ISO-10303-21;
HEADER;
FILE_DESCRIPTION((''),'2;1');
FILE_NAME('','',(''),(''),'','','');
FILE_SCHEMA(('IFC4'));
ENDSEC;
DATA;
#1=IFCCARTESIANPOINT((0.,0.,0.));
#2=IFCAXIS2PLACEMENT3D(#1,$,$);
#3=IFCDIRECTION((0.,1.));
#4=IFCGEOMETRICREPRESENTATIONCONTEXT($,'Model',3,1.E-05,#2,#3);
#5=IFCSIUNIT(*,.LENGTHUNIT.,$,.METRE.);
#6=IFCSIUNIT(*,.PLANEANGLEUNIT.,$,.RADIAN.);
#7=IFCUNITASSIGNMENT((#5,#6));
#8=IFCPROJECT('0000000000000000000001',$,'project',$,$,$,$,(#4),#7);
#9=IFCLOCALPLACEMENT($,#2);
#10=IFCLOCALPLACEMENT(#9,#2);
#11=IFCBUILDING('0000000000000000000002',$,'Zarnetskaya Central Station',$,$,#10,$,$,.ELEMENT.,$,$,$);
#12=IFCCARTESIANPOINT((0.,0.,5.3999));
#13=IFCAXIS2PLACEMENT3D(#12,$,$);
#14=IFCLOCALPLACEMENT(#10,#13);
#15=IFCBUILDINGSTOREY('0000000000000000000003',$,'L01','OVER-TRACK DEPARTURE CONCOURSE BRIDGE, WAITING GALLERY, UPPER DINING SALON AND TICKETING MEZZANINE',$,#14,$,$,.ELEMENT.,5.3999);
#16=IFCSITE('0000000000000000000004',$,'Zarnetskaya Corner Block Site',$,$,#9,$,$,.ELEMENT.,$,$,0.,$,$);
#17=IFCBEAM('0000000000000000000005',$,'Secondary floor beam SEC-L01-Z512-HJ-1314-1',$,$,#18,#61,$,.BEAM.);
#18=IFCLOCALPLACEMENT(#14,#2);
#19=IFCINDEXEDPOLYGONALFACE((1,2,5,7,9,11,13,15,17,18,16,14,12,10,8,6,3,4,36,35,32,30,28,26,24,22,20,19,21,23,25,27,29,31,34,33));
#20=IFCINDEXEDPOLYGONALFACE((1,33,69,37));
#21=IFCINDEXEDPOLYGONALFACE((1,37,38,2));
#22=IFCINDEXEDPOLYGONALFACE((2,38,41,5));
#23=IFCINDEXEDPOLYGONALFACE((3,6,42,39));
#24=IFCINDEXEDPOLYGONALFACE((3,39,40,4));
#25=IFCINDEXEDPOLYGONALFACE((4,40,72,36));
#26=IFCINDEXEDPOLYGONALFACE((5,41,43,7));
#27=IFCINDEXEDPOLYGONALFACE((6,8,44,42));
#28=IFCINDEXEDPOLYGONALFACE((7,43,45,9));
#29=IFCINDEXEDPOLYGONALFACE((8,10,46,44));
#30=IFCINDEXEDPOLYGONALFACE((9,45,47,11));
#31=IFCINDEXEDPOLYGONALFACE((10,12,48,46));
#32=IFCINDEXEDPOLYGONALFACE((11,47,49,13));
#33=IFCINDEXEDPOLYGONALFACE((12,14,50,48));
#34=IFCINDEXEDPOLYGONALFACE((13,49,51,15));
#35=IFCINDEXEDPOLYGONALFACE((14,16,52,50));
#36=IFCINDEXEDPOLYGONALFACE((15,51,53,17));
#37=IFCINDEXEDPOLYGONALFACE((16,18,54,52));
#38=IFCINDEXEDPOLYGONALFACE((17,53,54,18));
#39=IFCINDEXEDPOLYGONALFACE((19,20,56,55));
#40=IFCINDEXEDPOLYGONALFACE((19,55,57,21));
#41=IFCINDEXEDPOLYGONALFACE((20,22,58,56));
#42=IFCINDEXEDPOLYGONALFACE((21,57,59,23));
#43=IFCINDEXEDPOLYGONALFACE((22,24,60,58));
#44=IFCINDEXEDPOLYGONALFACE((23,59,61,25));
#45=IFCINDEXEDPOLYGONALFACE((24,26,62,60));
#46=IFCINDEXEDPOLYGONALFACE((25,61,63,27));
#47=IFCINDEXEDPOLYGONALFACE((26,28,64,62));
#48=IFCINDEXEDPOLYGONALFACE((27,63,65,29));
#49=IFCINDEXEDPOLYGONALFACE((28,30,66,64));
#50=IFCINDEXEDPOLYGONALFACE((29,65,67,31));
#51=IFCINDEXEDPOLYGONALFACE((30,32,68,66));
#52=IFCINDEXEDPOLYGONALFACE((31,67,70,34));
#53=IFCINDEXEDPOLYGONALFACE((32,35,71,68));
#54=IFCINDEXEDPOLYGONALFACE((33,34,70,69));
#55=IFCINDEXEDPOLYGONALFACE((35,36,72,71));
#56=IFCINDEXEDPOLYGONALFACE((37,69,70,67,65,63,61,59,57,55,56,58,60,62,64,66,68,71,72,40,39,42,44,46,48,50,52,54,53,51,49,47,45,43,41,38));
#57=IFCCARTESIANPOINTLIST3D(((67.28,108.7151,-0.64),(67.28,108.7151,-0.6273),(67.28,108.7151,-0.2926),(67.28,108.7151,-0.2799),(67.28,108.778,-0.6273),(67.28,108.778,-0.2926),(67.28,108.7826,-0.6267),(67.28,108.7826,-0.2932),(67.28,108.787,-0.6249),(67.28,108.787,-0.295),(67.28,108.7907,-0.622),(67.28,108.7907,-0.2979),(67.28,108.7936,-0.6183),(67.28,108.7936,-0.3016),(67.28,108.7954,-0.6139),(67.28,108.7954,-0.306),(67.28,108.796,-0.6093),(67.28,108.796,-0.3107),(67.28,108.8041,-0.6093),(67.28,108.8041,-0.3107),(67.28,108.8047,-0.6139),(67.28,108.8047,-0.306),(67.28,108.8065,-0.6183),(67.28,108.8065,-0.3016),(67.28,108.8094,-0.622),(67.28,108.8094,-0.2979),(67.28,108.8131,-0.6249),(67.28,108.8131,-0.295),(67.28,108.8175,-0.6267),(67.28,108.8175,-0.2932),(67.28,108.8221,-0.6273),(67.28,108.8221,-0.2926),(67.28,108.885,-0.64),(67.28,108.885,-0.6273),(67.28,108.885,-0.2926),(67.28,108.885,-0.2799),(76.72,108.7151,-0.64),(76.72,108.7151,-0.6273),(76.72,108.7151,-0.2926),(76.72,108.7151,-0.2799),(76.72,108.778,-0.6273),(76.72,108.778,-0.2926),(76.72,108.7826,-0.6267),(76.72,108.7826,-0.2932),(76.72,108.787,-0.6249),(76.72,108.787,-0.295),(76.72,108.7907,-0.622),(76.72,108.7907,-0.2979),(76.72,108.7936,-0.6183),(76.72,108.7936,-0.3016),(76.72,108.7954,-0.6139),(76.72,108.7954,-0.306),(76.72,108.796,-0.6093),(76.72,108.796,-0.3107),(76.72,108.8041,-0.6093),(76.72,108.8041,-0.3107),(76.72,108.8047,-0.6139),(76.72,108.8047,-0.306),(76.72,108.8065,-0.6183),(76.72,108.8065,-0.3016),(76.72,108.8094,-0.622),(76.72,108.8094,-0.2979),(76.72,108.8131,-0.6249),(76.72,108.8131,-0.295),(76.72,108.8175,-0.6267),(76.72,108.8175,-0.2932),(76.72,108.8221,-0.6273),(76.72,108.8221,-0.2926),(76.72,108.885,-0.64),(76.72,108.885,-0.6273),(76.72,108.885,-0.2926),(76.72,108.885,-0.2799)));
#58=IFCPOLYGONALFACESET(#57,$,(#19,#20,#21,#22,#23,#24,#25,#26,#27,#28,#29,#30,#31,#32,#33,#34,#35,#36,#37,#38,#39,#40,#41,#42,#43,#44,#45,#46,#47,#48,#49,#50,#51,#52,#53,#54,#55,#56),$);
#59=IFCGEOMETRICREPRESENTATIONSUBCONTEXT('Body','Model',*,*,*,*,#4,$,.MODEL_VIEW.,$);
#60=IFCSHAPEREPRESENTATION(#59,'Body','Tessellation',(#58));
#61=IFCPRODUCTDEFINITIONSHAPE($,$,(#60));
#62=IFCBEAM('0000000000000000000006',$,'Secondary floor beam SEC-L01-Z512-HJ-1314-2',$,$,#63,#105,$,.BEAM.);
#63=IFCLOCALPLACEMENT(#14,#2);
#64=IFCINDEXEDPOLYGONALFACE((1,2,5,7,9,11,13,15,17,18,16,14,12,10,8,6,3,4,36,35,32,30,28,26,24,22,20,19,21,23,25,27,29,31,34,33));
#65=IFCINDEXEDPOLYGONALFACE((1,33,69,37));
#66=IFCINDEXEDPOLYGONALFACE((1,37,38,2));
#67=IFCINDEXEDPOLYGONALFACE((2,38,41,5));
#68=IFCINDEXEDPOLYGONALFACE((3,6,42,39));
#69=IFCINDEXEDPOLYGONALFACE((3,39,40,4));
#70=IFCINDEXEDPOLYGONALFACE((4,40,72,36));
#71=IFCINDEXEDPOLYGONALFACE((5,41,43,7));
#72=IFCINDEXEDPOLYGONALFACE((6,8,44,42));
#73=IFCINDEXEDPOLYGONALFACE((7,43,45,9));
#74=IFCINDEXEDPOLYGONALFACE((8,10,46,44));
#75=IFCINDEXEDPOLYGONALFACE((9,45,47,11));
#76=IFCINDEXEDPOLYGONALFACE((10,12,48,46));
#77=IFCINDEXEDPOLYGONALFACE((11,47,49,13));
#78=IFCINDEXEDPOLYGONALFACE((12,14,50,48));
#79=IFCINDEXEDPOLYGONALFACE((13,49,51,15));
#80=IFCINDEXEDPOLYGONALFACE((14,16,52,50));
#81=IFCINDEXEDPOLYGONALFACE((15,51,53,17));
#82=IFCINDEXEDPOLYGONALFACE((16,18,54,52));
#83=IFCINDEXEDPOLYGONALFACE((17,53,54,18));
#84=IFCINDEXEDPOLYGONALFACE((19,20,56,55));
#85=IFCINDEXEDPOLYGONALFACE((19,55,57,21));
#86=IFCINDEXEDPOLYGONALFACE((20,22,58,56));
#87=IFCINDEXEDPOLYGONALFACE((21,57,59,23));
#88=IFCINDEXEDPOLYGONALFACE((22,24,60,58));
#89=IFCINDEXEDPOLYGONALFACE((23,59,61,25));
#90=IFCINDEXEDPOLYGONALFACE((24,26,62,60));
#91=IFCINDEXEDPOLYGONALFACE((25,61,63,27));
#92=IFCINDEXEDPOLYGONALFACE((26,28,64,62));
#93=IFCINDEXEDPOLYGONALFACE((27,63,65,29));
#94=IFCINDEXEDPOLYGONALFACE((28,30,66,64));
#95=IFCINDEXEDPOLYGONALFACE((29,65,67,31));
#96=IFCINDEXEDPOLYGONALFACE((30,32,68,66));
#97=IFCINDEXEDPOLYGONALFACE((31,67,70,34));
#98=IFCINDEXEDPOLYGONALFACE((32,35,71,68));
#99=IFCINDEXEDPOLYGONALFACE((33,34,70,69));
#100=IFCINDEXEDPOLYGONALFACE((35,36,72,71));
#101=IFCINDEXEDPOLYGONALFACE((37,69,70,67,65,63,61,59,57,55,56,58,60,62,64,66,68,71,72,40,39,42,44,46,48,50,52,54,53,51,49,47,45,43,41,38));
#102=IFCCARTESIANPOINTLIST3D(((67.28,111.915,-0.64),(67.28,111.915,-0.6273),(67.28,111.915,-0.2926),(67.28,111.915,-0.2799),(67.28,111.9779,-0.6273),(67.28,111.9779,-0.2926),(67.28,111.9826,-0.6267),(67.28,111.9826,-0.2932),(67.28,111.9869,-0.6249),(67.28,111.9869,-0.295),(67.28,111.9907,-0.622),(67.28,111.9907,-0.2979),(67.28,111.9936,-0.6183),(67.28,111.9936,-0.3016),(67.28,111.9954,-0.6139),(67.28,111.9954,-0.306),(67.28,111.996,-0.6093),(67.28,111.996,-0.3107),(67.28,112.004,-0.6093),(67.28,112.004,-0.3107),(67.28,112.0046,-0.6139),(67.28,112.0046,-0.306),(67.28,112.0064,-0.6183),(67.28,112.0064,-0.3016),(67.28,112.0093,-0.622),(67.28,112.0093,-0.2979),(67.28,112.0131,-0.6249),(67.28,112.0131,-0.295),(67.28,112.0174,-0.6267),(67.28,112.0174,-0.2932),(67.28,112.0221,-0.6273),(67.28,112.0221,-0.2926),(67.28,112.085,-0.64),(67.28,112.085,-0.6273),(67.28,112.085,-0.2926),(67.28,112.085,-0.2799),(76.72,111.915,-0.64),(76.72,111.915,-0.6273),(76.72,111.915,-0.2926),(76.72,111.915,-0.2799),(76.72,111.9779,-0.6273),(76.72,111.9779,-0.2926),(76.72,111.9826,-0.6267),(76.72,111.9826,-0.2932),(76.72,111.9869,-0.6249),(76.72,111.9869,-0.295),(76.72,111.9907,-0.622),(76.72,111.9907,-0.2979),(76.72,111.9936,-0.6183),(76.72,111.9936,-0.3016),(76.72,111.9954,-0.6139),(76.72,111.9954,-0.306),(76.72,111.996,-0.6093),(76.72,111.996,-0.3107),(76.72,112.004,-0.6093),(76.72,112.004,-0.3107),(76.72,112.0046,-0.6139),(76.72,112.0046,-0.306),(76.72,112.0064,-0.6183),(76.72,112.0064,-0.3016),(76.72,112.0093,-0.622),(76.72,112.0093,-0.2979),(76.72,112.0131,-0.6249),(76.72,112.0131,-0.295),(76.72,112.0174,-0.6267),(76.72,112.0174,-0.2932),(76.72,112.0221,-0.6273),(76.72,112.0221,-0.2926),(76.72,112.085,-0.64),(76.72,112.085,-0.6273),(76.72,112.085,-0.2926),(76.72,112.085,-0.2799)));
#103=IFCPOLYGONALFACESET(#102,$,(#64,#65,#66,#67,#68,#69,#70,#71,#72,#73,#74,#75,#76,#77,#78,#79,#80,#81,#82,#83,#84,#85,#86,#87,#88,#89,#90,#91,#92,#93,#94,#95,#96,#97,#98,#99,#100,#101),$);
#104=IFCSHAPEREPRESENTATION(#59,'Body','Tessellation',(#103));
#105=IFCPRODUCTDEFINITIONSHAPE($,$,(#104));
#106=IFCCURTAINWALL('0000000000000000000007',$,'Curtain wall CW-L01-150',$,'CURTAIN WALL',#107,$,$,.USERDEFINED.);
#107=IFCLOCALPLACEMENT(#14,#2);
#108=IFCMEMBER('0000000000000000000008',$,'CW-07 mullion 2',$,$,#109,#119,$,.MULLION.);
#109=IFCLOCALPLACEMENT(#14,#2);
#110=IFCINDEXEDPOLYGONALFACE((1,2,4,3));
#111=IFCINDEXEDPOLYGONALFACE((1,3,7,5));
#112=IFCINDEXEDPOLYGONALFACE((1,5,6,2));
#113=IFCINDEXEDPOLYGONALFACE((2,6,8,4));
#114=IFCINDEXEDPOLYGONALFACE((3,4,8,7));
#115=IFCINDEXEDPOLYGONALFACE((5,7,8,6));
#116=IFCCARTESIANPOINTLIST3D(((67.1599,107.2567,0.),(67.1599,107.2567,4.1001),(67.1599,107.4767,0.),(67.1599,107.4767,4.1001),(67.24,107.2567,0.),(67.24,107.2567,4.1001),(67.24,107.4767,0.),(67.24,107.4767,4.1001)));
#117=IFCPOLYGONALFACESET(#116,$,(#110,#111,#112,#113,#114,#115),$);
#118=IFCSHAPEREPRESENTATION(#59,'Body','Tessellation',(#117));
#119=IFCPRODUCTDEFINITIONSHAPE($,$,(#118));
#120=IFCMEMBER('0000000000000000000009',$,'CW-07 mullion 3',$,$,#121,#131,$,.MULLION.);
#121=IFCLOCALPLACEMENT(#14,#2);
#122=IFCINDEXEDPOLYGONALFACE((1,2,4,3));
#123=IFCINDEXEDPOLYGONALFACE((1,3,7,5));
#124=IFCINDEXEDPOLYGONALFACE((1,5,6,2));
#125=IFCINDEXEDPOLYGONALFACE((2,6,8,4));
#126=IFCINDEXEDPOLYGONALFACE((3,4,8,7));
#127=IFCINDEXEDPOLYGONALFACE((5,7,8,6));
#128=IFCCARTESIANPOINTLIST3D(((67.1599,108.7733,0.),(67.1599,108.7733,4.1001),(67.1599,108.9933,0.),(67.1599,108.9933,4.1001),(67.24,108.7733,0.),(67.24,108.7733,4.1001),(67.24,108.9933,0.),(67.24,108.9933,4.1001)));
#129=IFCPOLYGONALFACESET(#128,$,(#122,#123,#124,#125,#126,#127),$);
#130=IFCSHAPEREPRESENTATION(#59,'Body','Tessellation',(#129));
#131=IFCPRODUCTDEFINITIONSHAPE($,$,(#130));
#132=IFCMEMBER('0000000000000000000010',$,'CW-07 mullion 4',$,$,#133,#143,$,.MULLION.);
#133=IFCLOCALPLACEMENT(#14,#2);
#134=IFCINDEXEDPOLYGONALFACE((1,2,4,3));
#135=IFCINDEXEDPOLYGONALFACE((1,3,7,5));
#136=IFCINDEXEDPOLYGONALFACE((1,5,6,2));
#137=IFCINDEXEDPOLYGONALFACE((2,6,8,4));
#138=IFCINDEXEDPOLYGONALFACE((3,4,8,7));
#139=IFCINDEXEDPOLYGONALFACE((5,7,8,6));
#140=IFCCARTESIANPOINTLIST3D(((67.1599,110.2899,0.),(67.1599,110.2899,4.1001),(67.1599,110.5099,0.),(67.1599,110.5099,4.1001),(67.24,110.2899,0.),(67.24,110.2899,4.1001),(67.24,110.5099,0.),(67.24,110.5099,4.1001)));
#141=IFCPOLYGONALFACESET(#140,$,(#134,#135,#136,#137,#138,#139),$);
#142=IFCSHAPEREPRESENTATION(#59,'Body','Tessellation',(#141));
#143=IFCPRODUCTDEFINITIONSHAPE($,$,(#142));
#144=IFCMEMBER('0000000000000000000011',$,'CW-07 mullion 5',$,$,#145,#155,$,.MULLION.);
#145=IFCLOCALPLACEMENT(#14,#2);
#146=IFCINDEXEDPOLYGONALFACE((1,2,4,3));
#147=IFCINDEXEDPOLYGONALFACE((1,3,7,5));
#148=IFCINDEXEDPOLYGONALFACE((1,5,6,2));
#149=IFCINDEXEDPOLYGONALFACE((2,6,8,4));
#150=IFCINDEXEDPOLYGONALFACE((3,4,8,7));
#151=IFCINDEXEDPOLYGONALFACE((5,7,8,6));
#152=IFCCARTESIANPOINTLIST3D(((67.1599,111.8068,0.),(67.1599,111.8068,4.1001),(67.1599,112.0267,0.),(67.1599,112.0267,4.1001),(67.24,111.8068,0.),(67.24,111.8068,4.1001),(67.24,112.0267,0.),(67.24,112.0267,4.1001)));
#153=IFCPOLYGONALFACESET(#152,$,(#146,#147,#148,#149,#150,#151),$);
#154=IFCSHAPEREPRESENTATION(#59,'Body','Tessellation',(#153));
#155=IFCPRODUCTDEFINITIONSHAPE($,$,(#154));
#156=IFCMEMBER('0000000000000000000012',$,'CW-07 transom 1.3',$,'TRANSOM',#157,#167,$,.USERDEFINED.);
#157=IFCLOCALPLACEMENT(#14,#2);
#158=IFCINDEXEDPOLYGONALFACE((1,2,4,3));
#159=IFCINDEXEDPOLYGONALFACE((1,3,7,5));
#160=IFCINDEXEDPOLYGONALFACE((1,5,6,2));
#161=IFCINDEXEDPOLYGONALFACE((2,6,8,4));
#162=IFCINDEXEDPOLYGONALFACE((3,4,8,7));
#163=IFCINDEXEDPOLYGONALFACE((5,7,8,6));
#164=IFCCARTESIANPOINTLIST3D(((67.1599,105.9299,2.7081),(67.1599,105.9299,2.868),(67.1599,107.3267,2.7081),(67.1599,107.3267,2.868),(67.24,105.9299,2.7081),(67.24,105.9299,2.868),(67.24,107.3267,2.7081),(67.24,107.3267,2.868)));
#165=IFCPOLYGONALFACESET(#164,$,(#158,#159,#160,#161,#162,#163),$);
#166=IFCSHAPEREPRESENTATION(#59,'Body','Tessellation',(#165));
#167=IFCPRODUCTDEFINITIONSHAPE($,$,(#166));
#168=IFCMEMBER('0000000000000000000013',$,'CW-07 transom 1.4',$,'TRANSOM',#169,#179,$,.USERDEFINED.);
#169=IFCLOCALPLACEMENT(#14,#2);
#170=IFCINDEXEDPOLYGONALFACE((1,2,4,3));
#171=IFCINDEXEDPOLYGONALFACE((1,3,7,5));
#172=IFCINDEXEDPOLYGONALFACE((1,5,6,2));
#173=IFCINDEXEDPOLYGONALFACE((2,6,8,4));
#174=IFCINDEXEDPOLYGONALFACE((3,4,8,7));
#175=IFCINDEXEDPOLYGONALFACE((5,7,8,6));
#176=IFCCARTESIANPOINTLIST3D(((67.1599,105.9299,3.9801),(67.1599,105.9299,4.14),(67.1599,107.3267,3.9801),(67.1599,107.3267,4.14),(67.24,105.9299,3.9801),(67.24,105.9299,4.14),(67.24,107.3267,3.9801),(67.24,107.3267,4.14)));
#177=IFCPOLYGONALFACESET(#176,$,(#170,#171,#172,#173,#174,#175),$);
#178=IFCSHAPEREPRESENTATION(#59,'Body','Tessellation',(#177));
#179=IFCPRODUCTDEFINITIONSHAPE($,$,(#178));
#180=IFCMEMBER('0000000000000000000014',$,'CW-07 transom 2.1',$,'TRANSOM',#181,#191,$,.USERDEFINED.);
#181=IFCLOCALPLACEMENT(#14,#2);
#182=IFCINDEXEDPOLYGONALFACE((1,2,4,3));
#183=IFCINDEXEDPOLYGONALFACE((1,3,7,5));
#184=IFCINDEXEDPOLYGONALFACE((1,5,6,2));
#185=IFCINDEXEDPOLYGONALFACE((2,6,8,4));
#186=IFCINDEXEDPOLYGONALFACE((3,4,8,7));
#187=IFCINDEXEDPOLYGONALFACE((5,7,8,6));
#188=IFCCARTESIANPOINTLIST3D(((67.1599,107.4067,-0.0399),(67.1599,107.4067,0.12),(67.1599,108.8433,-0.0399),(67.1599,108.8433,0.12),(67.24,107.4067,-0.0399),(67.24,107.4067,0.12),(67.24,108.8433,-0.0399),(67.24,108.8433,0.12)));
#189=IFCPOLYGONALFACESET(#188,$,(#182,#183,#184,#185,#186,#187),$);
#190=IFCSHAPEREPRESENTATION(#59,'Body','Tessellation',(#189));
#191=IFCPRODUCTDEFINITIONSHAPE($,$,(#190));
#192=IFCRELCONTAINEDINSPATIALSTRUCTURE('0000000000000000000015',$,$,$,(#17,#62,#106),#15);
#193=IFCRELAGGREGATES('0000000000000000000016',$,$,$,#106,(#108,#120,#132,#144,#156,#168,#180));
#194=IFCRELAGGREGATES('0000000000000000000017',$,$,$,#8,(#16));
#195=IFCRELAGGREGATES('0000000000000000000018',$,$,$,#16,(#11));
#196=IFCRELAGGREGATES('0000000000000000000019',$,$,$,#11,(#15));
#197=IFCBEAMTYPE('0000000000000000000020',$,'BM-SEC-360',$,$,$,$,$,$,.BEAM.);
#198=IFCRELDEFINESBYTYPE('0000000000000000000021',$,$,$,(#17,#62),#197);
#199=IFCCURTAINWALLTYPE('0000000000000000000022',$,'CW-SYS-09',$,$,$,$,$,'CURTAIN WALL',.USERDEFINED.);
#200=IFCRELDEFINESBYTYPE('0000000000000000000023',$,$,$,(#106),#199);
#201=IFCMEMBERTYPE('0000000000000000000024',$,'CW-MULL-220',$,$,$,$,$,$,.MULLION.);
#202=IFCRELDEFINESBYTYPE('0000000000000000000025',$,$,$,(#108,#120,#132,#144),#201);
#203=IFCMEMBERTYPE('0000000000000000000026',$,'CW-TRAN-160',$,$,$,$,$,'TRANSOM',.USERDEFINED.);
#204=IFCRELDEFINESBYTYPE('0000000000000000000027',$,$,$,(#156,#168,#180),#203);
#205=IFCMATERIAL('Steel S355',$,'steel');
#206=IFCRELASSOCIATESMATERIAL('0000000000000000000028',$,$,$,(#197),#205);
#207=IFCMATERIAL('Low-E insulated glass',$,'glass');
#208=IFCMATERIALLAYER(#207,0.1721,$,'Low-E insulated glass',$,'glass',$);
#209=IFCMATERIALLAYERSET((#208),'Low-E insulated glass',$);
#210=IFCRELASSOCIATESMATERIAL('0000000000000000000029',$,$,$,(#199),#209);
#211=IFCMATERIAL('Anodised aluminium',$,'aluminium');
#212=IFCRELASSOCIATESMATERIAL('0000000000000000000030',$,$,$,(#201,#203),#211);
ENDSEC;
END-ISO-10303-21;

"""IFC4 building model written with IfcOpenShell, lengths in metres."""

from ifc_helpers import new_model, si_unit, direction, frame, origin, origin_2d, place, context, subcontext, project, spatial, rectangle, i_section, extrude, material, layer, layer_set, material_profile, profile_set, type_object, element, aggregate, save


model = new_model("IFC4")

# Units and contexts
model_context = context("Model", 3, precision=1e-05, world=origin(), true_north=direction((0.0, 1.0)))
body_context = subcontext(model_context, "Body", "Model", "MODEL_VIEW")
ifc_project = project(units=[si_unit("LENGTHUNIT", "METRE"), si_unit("PLANEANGLEUNIT", "RADIAN")], contexts=[model_context])

# Site, building, storey
site_placement = place(None, origin())
site = spatial("IfcSite", under=ifc_project, at=site_placement, Name="Zarnetskaya Corner Block Site", CompositionType="ELEMENT", RefElevation=0.0)
building_placement = place(site_placement, origin())
building = spatial("IfcBuilding", under=site, at=building_placement, Name="Zarnetskaya Central Station", CompositionType="ELEMENT")
storey_placement = place(building_placement, frame((0.0, 0.0, 5.3999)))
storey = spatial("IfcBuildingStorey", under=building, at=storey_placement, Name="L01", Description="OVER-TRACK DEPARTURE CONCOURSE BRIDGE, WAITING GALLERY, UPPER DINING SALON AND TICKETING MEZZANINE", CompositionType="ELEMENT", Elevation=5.3999)

# Beams
ifc_material_1 = material(Name="Steel S355", Category="steel")
ifc_material_profile_1 = material_profile(ifc_material_1, i_section(OverallWidth=0.1699, OverallDepth=0.3601, WebThickness=0.0081, FlangeThickness=0.0127, FilletRadius=0.0181, at=origin_2d()), Name="IPE 360")
ifc_profile_set_1 = profile_set([ifc_material_profile_1], Name="Steel S355")
beam_type = type_object("IfcBeamType", Name="BM-SEC-360", PredefinedType="BEAM", material=ifc_profile_set_1)
for number, where, z_axis, x_axis, name in (
    (1, (67.28, 108.8, -0.46), (1.0, 0.0, 0.0), (0.0, 1.0, 0.0), "Secondary floor beam SEC-L01-Z512-HJ-1314-1"),
    (2, (67.28, 112.0, -0.46), (1.0, 0.0, 0.0), (0.0, 1.0, 0.0), "Secondary floor beam SEC-L01-Z512-HJ-1314-2"),
):
    element("IfcBeam", number, at=place(storey_placement, frame(where, z_axis=z_axis, x_axis=x_axis)), inside=storey, type_object=beam_type, Name=name, PredefinedType="BEAM", context=body_context, shape_type="SweptSolid", body=[
        extrude(i_section(OverallWidth=0.1699, OverallDepth=0.3601, WebThickness=0.0081, FlangeThickness=0.0127, FilletRadius=0.0181, at=origin_2d()), origin(), (0.0, 0.0, 1.0), 9.4399),
    ])

# Curtain wall, members
ifc_material_2 = material(Name="Low-E insulated glass", Category="glass")
ifc_layer_1 = layer(ifc_material_2, 0.1721, Name="Low-E insulated glass", Category="glass")
ifc_layer_set_1 = layer_set([ifc_layer_1], Name="Low-E insulated glass")
curtain_wall_type = type_object("IfcCurtainWallType", Name="CW-SYS-09", ElementType="CURTAIN WALL", PredefinedType="USERDEFINED", material=ifc_layer_set_1)
curtain_wall_placement = place(storey_placement, origin())
curtain_wall = element("IfcCurtainWall", 3, at=curtain_wall_placement, inside=storey, type_object=curtain_wall_type, Name="Curtain wall CW-L01-150", ObjectType="CURTAIN WALL", PredefinedType="USERDEFINED")
ifc_material_3 = material(Name="Anodised aluminium", Category="aluminium")
ifc_material_profile_2 = material_profile(ifc_material_3, rectangle(XDim=0.0801, YDim=0.22, at=origin_2d()), Name="ALU MULL 80x220")
ifc_profile_set_2 = profile_set([ifc_material_profile_2], Name="Anodised aluminium")
member_type_1 = type_object("IfcMemberType", Name="CW-MULL-220", PredefinedType="MULLION", material=ifc_profile_set_2)
member_1_placement = place(storey_placement, frame((67.2, 107.3667, 0.0), z_axis=(0.0, 0.0, 1.0), x_axis=(-1.0, 0.0, 0.0)))
member_1 = element("IfcMember", 4, at=member_1_placement, type_object=member_type_1, Name="CW-07 mullion 2", PredefinedType="MULLION", context=body_context, shape_type="SweptSolid", body=[
    extrude(rectangle(XDim=0.0801, YDim=0.22, at=origin_2d()), origin(), (0.0, 0.0, 1.0), 4.1001),
])
member_2_placement = place(storey_placement, frame((67.2, 108.8833, 0.0), z_axis=(0.0, 0.0, 1.0), x_axis=(-1.0, 0.0, 0.0)))
member_2 = element("IfcMember", 5, at=member_2_placement, type_object=member_type_1, Name="CW-07 mullion 3", PredefinedType="MULLION", context=body_context, shape_type="SweptSolid", body=[
    extrude(rectangle(XDim=0.0801, YDim=0.22, at=origin_2d()), origin(), (0.0, 0.0, 1.0), 4.1001),
])
member_3_placement = place(storey_placement, frame((67.2, 110.3999, 0.0), z_axis=(0.0, 0.0, 1.0), x_axis=(-1.0, 0.0, 0.0)))
member_3 = element("IfcMember", 6, at=member_3_placement, type_object=member_type_1, Name="CW-07 mullion 4", PredefinedType="MULLION", context=body_context, shape_type="SweptSolid", body=[
    extrude(rectangle(XDim=0.0801, YDim=0.22, at=origin_2d()), origin(), (0.0, 0.0, 1.0), 4.1001),
])
member_4_placement = place(storey_placement, frame((67.2, 111.9167, 0.0), z_axis=(0.0, 0.0, 1.0), x_axis=(-1.0, 0.0, 0.0)))
member_4 = element("IfcMember", 7, at=member_4_placement, type_object=member_type_1, Name="CW-07 mullion 5", PredefinedType="MULLION", context=body_context, shape_type="SweptSolid", body=[
    extrude(rectangle(XDim=0.0801, YDim=0.22, at=origin_2d()), origin(), (0.0, 0.0, 1.0), 4.1001),
])
ifc_material_profile_3 = material_profile(ifc_material_3, rectangle(XDim=0.0801, YDim=0.1599, at=origin_2d()), Name="ALU TRAN 80x160")
ifc_profile_set_3 = profile_set([ifc_material_profile_3], Name="Anodised aluminium")
member_type_2 = type_object("IfcMemberType", Name="CW-TRAN-160", ElementType="TRANSOM", PredefinedType="USERDEFINED", material=ifc_profile_set_3)
member_5_placement = place(storey_placement, frame((67.2, 105.9299, 2.7881), z_axis=(0.0, 1.0, 0.0), x_axis=(-1.0, 0.0, 0.0)))
member_5 = element("IfcMember", 8, at=member_5_placement, type_object=member_type_2, Name="CW-07 transom 1.3", ObjectType="TRANSOM", PredefinedType="USERDEFINED", context=body_context, shape_type="SweptSolid", body=[
    extrude(rectangle(XDim=0.0801, YDim=0.1599, at=origin_2d()), origin(), (0.0, 0.0, 1.0), 1.3967),
])
member_6_placement = place(storey_placement, frame((67.2, 105.9299, 4.0601), z_axis=(0.0, 1.0, 0.0), x_axis=(-1.0, 0.0, 0.0)))
member_6 = element("IfcMember", 9, at=member_6_placement, type_object=member_type_2, Name="CW-07 transom 1.4", ObjectType="TRANSOM", PredefinedType="USERDEFINED", context=body_context, shape_type="SweptSolid", body=[
    extrude(rectangle(XDim=0.0801, YDim=0.1599, at=origin_2d()), origin(), (0.0, 0.0, 1.0), 1.3967),
])
member_7_placement = place(storey_placement, frame((67.2, 107.4067, 0.04), z_axis=(0.0, 1.0, 0.0), x_axis=(-1.0, 0.0, 0.0)))
member_7 = element("IfcMember", 10, at=member_7_placement, type_object=member_type_2, Name="CW-07 transom 2.1", ObjectType="TRANSOM", PredefinedType="USERDEFINED", context=body_context, shape_type="SweptSolid", body=[
    extrude(rectangle(XDim=0.0801, YDim=0.1599, at=origin_2d()), origin(), (0.0, 0.0, 1.0), 1.4365),
])
aggregate(curtain_wall, [member_1, member_2, member_3, member_4, member_5, member_6, member_7])

save(model, "model.ifc")
